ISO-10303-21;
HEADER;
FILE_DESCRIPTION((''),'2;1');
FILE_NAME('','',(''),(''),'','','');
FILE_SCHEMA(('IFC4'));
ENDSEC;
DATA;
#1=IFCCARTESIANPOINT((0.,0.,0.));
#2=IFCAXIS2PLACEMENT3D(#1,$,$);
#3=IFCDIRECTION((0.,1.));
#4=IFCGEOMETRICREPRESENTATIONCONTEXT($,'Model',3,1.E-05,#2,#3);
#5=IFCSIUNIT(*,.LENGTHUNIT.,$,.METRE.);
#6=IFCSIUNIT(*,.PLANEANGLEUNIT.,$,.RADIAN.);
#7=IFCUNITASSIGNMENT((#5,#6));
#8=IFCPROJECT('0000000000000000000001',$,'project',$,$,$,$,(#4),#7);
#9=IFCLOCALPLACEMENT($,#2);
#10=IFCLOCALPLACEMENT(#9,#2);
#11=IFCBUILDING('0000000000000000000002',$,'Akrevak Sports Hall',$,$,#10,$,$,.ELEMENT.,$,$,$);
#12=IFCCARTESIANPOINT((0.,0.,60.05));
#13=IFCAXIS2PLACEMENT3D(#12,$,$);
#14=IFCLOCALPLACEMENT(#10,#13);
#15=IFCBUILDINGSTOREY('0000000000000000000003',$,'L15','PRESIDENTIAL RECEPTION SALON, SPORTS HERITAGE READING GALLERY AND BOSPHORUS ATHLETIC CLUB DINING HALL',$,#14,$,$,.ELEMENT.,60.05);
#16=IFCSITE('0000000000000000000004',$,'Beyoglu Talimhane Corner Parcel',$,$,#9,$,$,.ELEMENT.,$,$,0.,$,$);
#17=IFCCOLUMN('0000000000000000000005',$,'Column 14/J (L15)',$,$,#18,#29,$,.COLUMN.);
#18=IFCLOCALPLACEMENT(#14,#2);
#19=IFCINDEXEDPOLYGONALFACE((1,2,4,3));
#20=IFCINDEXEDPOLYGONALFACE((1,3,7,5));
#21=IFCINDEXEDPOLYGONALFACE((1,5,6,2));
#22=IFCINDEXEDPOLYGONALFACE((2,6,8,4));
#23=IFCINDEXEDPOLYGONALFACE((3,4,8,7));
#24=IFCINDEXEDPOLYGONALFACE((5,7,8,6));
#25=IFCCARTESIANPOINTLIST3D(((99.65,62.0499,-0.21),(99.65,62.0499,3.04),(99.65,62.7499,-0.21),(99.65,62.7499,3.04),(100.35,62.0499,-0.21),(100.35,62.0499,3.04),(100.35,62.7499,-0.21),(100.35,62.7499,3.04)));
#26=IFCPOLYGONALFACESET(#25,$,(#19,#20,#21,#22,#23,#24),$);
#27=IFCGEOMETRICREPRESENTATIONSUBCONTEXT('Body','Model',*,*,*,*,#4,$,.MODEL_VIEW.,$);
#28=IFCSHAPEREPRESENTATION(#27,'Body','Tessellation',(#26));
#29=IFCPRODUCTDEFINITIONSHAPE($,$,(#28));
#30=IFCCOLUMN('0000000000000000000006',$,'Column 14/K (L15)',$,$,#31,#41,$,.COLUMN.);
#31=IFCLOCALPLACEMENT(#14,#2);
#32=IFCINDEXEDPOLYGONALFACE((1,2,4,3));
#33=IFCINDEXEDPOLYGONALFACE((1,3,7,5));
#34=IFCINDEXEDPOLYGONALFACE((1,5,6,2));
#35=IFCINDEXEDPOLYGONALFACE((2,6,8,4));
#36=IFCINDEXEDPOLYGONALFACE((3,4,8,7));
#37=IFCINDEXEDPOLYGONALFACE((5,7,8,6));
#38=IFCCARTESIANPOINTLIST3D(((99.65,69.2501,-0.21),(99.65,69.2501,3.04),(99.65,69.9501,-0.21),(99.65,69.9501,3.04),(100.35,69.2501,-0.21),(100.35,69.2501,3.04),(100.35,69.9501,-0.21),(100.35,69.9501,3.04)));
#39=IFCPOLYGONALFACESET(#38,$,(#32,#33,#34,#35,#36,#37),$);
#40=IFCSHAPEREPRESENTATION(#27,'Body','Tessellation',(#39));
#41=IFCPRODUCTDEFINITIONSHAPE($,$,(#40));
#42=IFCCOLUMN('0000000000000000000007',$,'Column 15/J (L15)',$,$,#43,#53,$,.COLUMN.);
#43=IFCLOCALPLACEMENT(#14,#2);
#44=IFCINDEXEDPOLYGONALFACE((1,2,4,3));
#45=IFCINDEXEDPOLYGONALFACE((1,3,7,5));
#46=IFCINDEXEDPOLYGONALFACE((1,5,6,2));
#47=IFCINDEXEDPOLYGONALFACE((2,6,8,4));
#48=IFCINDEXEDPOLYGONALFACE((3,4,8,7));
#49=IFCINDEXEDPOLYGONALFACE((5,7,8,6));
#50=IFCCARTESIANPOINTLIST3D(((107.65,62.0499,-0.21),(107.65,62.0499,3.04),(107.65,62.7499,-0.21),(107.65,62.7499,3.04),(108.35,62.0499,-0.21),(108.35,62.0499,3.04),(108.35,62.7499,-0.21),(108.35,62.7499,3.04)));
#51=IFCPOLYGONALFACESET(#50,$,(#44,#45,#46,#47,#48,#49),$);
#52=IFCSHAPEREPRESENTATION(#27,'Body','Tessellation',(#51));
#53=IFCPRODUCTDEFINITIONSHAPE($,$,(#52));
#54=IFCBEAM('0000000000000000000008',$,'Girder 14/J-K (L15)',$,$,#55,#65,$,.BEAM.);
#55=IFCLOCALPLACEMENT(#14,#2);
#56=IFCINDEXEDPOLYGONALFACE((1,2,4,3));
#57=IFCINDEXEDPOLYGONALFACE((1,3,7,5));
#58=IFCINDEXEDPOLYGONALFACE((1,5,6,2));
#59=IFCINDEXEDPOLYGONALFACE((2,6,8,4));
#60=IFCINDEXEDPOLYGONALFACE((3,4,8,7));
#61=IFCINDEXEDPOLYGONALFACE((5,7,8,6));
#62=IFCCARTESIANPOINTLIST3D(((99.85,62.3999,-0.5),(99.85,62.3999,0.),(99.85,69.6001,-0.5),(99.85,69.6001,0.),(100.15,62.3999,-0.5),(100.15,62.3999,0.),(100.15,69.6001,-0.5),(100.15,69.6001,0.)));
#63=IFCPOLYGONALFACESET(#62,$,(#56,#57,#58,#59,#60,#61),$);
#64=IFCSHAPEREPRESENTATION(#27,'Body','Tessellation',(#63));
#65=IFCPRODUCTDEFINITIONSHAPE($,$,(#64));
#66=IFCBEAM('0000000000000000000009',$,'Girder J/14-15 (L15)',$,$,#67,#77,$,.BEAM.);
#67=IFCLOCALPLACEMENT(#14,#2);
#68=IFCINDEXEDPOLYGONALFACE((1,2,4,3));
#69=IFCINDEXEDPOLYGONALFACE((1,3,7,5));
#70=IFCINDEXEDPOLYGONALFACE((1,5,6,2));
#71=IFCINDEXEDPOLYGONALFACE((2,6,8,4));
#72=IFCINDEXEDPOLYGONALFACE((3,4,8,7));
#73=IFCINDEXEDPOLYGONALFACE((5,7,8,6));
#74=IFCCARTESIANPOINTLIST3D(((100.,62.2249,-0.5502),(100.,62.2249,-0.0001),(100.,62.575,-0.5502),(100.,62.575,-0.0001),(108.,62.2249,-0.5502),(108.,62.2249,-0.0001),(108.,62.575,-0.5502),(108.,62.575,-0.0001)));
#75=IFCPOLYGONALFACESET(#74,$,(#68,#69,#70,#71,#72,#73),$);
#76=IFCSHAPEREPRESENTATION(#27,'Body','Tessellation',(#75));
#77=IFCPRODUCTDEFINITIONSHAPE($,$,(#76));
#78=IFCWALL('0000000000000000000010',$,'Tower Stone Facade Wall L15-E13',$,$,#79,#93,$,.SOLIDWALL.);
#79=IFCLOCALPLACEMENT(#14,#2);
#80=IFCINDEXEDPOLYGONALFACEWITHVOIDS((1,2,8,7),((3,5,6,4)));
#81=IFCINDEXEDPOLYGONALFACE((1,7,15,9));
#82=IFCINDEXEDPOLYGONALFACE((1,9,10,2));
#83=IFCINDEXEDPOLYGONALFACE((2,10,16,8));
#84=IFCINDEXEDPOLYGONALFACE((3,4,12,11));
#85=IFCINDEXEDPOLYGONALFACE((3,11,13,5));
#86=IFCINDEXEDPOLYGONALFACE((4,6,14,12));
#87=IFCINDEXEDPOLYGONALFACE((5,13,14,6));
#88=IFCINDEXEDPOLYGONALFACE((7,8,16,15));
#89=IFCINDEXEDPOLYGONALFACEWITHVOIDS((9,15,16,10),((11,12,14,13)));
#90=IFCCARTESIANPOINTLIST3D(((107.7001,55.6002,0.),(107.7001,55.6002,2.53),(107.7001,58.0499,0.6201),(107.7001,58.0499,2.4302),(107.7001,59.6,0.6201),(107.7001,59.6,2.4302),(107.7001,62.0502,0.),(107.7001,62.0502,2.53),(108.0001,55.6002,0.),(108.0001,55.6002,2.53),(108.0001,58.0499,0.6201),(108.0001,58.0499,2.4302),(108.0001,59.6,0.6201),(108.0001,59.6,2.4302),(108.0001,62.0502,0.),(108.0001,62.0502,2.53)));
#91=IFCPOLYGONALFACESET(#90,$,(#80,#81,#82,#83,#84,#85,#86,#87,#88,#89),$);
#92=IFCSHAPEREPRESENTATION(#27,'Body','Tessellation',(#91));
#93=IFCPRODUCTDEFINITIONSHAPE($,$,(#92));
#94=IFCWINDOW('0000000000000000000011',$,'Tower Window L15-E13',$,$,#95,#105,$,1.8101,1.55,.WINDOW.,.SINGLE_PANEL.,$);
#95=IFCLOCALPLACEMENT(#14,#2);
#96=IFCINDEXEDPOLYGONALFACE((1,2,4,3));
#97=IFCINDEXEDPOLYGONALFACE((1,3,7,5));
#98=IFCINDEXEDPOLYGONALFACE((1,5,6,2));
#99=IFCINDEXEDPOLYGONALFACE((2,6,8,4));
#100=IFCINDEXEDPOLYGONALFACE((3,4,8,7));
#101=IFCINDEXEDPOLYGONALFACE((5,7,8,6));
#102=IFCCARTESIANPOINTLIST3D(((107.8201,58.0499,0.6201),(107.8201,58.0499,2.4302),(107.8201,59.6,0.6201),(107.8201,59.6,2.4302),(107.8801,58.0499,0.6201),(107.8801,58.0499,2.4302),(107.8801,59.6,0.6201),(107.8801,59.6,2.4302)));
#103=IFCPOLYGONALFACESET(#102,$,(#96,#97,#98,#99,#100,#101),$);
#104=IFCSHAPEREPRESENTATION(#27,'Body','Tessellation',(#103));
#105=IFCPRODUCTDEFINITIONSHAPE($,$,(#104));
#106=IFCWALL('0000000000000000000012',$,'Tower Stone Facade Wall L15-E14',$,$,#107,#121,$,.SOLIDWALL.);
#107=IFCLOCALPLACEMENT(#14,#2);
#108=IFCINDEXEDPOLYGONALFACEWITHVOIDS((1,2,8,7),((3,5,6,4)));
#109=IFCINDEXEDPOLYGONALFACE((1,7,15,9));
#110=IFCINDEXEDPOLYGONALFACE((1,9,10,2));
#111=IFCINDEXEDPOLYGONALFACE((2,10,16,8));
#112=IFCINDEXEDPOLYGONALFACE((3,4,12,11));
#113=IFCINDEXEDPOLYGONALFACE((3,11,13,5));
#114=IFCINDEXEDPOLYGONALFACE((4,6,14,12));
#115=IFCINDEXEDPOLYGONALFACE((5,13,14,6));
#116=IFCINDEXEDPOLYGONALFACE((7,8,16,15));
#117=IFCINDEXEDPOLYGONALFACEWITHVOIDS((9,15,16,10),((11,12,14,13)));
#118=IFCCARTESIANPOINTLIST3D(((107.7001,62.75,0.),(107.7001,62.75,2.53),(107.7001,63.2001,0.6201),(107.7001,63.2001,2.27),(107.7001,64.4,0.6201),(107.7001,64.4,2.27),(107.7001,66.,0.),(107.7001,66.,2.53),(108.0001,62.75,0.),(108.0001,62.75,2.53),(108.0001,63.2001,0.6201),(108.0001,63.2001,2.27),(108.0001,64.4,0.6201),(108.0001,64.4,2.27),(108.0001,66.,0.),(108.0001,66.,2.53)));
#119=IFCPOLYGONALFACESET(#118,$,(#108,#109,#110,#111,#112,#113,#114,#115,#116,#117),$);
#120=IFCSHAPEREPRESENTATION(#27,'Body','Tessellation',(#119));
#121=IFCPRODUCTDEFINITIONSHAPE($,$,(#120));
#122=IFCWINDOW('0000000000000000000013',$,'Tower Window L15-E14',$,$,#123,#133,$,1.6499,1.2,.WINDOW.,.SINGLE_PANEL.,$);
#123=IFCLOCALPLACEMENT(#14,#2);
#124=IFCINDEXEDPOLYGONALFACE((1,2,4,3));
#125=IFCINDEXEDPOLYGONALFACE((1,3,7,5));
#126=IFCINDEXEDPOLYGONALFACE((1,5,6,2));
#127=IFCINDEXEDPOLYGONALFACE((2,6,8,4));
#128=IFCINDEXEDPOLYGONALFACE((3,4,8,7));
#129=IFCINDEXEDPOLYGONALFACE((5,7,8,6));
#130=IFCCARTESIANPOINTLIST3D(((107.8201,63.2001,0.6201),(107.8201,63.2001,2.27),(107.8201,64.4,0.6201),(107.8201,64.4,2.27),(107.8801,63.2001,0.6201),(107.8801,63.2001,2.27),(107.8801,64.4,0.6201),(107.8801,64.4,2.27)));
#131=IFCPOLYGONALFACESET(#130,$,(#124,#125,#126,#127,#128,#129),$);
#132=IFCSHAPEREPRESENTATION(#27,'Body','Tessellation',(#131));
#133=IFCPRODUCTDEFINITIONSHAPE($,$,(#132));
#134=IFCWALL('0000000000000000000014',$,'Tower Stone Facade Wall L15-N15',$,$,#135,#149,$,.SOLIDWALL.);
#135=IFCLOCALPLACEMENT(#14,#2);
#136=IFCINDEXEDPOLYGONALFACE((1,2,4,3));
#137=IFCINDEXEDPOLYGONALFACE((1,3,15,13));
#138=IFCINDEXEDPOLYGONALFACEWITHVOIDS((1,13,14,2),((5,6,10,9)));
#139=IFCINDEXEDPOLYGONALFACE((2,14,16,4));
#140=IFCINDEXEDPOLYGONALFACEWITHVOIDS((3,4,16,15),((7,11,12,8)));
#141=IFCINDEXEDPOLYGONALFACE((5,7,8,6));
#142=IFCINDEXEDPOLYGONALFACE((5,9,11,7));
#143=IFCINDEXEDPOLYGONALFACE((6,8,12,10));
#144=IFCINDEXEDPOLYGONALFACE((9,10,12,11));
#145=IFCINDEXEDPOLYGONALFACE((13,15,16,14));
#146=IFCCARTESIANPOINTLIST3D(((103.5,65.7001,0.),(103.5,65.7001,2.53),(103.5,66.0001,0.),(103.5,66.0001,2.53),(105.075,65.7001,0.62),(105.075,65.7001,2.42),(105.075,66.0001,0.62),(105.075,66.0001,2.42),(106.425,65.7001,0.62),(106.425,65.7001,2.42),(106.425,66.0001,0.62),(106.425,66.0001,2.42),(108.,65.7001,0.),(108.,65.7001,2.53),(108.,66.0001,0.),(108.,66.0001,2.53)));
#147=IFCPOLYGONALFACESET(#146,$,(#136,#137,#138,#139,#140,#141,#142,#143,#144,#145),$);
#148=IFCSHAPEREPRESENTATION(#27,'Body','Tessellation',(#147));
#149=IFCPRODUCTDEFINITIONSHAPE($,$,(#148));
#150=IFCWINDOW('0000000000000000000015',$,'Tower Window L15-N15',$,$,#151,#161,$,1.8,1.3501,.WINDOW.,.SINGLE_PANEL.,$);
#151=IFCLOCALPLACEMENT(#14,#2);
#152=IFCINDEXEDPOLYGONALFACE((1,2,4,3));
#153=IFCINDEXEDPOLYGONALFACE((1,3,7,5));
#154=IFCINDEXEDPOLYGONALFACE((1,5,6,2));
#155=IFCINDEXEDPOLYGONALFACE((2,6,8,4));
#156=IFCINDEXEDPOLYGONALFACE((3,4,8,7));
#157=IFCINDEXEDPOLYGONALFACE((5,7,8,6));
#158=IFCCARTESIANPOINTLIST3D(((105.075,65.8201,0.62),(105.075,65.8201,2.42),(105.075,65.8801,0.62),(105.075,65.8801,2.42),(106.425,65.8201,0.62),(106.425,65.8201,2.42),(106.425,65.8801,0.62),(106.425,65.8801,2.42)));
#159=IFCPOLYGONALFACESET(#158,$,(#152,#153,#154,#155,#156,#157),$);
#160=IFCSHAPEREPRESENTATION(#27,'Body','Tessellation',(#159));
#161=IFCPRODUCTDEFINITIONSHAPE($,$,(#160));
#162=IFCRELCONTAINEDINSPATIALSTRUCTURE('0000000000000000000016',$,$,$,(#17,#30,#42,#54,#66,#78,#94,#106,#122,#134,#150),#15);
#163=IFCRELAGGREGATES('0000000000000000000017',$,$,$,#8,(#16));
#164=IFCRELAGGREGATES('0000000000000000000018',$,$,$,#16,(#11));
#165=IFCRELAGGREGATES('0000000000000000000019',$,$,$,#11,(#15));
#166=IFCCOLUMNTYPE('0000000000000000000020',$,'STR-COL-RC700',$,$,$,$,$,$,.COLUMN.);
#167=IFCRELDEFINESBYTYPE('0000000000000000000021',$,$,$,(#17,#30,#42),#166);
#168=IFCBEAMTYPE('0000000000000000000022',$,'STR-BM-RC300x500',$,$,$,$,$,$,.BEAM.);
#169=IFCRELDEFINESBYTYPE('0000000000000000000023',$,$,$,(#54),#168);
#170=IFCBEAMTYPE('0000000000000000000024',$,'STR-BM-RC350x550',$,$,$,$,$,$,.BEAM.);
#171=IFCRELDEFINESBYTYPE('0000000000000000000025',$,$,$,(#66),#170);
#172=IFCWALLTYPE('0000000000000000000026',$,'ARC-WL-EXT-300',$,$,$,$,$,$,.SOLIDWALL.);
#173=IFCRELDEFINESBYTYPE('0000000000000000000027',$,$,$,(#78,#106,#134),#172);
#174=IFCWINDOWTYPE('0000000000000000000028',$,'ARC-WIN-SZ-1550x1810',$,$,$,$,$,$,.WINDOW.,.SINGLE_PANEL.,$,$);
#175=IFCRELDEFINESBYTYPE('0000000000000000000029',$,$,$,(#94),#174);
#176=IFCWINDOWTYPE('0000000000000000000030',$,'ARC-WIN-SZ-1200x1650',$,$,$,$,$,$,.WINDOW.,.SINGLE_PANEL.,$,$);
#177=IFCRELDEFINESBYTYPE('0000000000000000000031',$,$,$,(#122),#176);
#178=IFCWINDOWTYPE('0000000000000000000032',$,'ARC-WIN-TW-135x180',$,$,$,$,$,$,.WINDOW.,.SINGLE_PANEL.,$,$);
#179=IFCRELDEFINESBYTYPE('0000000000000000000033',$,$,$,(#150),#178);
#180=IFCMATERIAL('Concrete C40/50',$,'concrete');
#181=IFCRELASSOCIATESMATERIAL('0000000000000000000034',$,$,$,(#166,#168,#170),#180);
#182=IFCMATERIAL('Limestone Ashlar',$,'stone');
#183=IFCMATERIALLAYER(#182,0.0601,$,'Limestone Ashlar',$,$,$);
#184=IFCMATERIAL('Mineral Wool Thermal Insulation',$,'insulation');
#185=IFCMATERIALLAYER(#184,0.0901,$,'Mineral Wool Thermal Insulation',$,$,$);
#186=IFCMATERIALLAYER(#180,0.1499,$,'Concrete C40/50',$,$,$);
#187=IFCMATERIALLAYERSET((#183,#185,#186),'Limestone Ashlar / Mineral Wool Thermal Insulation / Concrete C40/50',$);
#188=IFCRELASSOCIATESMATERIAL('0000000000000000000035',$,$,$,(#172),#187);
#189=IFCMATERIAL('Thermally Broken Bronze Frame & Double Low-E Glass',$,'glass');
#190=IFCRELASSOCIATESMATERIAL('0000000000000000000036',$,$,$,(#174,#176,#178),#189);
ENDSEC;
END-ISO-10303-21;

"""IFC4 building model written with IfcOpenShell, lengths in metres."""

from ifc_helpers import new_model, si_unit, direction, frame, frame_2d, origin, origin_2d, place, context, subcontext, project, spatial, rectangle, extrude, material, layer, layer_set, material_profile, profile_set, type_object, element, fill, save


model = new_model("IFC4")

# Units and contexts
model_context = context("Model", 3, precision=1e-05, world=origin(), true_north=direction((0.0, 1.0)))
body_context = subcontext(model_context, "Body", "Model", "MODEL_VIEW")
ifc_project = project(units=[si_unit("LENGTHUNIT", "METRE"), si_unit("PLANEANGLEUNIT", "RADIAN")], contexts=[model_context])

# Site, building, storey
site_placement = place(None, origin())
site = spatial("IfcSite", under=ifc_project, at=site_placement, Name="Beyoglu Talimhane Corner Parcel", CompositionType="ELEMENT", RefElevation=0.0)
building_placement = place(site_placement, origin())
building = spatial("IfcBuilding", under=site, at=building_placement, Name="Akrevak Sports Hall", CompositionType="ELEMENT")
storey_placement = place(building_placement, frame((0.0, 0.0, 60.05)))
storey = spatial("IfcBuildingStorey", under=building, at=storey_placement, Name="L15", Description="PRESIDENTIAL RECEPTION SALON, SPORTS HERITAGE READING GALLERY AND BOSPHORUS ATHLETIC CLUB DINING HALL", CompositionType="ELEMENT", Elevation=60.05)

# Columns
ifc_material_1 = material(Name="Concrete C40/50", Category="concrete")
ifc_material_profile_1 = material_profile(ifc_material_1, rectangle(XDim=0.7, YDim=0.7, at=origin_2d()), Name="RC 700x700", Category="concrete")
ifc_profile_set_1 = profile_set([ifc_material_profile_1], Name="Concrete C40/50")
column_type = type_object("IfcColumnType", Name="STR-COL-RC700", PredefinedType="COLUMN", material=ifc_profile_set_1)
for number, where, z_axis, x_axis, name in (
    (1, (100.0, 62.3999, -0.21), (0.0, 0.0, 1.0), (1.0, 0.0, 0.0), "Column 14/J (L15)"),
    (2, (100.0, 69.6001, -0.21), (0.0, 0.0, 1.0), (1.0, 0.0, 0.0), "Column 14/K (L15)"),
    (3, (108.0, 62.3999, -0.21), (0.0, 0.0, 1.0), (1.0, 0.0, 0.0), "Column 15/J (L15)"),
):
    element("IfcColumn", number, at=place(storey_placement, frame(where, z_axis=z_axis, x_axis=x_axis)), inside=storey, type_object=column_type, Name=name, PredefinedType="COLUMN", context=body_context, shape_type="SweptSolid", body=[
        extrude(rectangle(XDim=0.7, YDim=0.7, at=origin_2d()), origin(), (0.0, 0.0, 1.0), 3.25),
    ])

# Beams
ifc_material_profile_2 = material_profile(ifc_material_1, rectangle(XDim=0.3, YDim=0.5, at=origin_2d()), Name="BM 300x500", Category="concrete")
ifc_profile_set_2 = profile_set([ifc_material_profile_2], Name="Concrete C40/50")
beam_type_1 = type_object("IfcBeamType", Name="STR-BM-RC300x500", PredefinedType="BEAM", material=ifc_profile_set_2)
beam_1_placement = place(storey_placement, frame((100.0, 62.3999, -0.25), z_axis=(0.0, 1.0, 0.0), x_axis=(-1.0, 0.0, 0.0)))
element("IfcBeam", 4, at=beam_1_placement, inside=storey, type_object=beam_type_1, Name="Girder 14/J-K (L15)", PredefinedType="BEAM", context=body_context, shape_type="SweptSolid", body=[
    extrude(rectangle(XDim=0.3, YDim=0.5, at=origin_2d()), origin(), (0.0, 0.0, 1.0), 7.2002),
])
ifc_material_profile_3 = material_profile(ifc_material_1, rectangle(XDim=0.3501, YDim=0.55, at=origin_2d()), Name="BM 350x550", Category="concrete")
ifc_profile_set_3 = profile_set([ifc_material_profile_3], Name="Concrete C40/50")
beam_type_2 = type_object("IfcBeamType", Name="STR-BM-RC350x550", PredefinedType="BEAM", material=ifc_profile_set_3)
beam_2_placement = place(storey_placement, frame((100.0, 62.3999, -0.2751), z_axis=(1.0, 0.0, 0.0), x_axis=(0.0, 1.0, 0.0)))
element("IfcBeam", 5, at=beam_2_placement, inside=storey, type_object=beam_type_2, Name="Girder J/14-15 (L15)", PredefinedType="BEAM", context=body_context, shape_type="SweptSolid", body=[
    extrude(rectangle(XDim=0.3501, YDim=0.55, at=origin_2d()), origin(), (0.0, 0.0, 1.0), 8.0),
])

# Walls, openings, windows
ifc_material_2 = material(Name="Limestone Ashlar", Category="stone")
ifc_layer_1 = layer(ifc_material_2, 0.0601, Name="Limestone Ashlar")
ifc_material_3 = material(Name="Mineral Wool Thermal Insulation", Category="insulation")
ifc_layer_2 = layer(ifc_material_3, 0.0901, Name="Mineral Wool Thermal Insulation")
ifc_layer_3 = layer(ifc_material_1, 0.1499, Name="Concrete C40/50")
ifc_layer_set_1 = layer_set([ifc_layer_1, ifc_layer_2, ifc_layer_3], Name="Limestone Ashlar / Mineral Wool Thermal Insulation / Concrete C40/50")
wall_type_1 = type_object("IfcWallType", Name="ARC-WL-EXT-300", PredefinedType="SOLIDWALL", material=ifc_layer_set_1)
wall_1_placement = place(storey_placement, frame((107.8501, 55.6001, 0.0), z_axis=(0.0, 0.0, 1.0), x_axis=(0.0, 1.0, 0.0)))
wall_1 = element("IfcWall", 6, at=wall_1_placement, inside=storey, type_object=wall_type_1, Name="Tower Stone Facade Wall L15-E13", PredefinedType="SOLIDWALL", context=body_context, shape_type="SweptSolid", body=[
    extrude(rectangle(XDim=6.45, YDim=0.3, at=frame_2d((3.2251, 0.0))), origin(), (0.0, 0.0, 1.0), 2.53),
])
opening_1_placement = place(wall_1_placement, frame((2.45, 0.0, 0.6201)))
opening_1 = element("IfcOpeningElement", 7, at=opening_1_placement, cuts=wall_1, PredefinedType="OPENING", context=body_context, shape_type="SweptSolid", body=[
    extrude(rectangle(XDim=1.55, YDim=1.8101, at=frame_2d((0.7749, 0.905))), frame((0.0, 0.1621, 0.0), z_axis=(0.0, -1.0, 0.0), x_axis=(1.0, 0.0, 0.0)), (0.0, 0.0, 1.0), 0.324),
])
ifc_material_4 = material(Name="Thermally Broken Bronze Frame & Double Low-E Glass", Category="glass")
window_type_1 = type_object("IfcWindowType", Name="ARC-WIN-SZ-1550x1810", PartitioningType="SINGLE_PANEL", PredefinedType="WINDOW", material=ifc_material_4)
window_1_placement = place(opening_1_placement, origin())
window_1 = element("IfcWindow", 8, at=window_1_placement, inside=storey, type_object=window_type_1, Name="Tower Window L15-E13", OverallHeight=1.8101, OverallWidth=1.55, PartitioningType="SINGLE_PANEL", PredefinedType="WINDOW", context=body_context, shape_type="SweptSolid", body=[
    extrude(rectangle(XDim=1.55, YDim=1.8101, at=frame_2d((0.7749, 0.905))), frame((0.0, 0.03, 0.0), z_axis=(0.0, -1.0, 0.0), x_axis=(1.0, 0.0, 0.0)), (0.0, 0.0, 1.0), 0.0601),
])
fill(opening_1, window_1)
wall_2_placement = place(storey_placement, frame((107.8501, 62.75, 0.0), z_axis=(0.0, 0.0, 1.0), x_axis=(0.0, 1.0, 0.0)))
wall_2 = element("IfcWall", 9, at=wall_2_placement, inside=storey, type_object=wall_type_1, Name="Tower Stone Facade Wall L15-E14", PredefinedType="SOLIDWALL", context=body_context, shape_type="SweptSolid", body=[
    extrude(rectangle(XDim=3.25, YDim=0.3, at=frame_2d((1.625, 0.0))), origin(), (0.0, 0.0, 1.0), 2.53),
])
opening_2_placement = place(wall_2_placement, frame((0.45, 0.0, 0.6201)))
opening_2 = element("IfcOpeningElement", 10, at=opening_2_placement, cuts=wall_2, PredefinedType="OPENING", context=body_context, shape_type="SweptSolid", body=[
    extrude(rectangle(XDim=1.2, YDim=1.6499, at=frame_2d((0.6001, 0.825))), frame((0.0, 0.1621, 0.0), z_axis=(0.0, -1.0, 0.0), x_axis=(1.0, 0.0, 0.0)), (0.0, 0.0, 1.0), 0.324),
])
window_type_2 = type_object("IfcWindowType", Name="ARC-WIN-SZ-1200x1650", PartitioningType="SINGLE_PANEL", PredefinedType="WINDOW", material=ifc_material_4)
window_2_placement = place(opening_2_placement, origin())
window_2 = element("IfcWindow", 11, at=window_2_placement, inside=storey, type_object=window_type_2, Name="Tower Window L15-E14", OverallHeight=1.6499, OverallWidth=1.2, PartitioningType="SINGLE_PANEL", PredefinedType="WINDOW", context=body_context, shape_type="SweptSolid", body=[
    extrude(rectangle(XDim=1.2, YDim=1.6499, at=frame_2d((0.6001, 0.825))), frame((0.0, 0.03, 0.0), z_axis=(0.0, -1.0, 0.0), x_axis=(1.0, 0.0, 0.0)), (0.0, 0.0, 1.0), 0.0601),
])
fill(opening_2, window_2)
wall_3_placement = place(storey_placement, frame((108.0, 65.8501, 0.0), z_axis=(0.0, 0.0, 1.0), x_axis=(-1.0, 0.0, 0.0)))
wall_3 = element("IfcWall", 12, at=wall_3_placement, inside=storey, type_object=wall_type_1, Name="Tower Stone Facade Wall L15-N15", PredefinedType="SOLIDWALL", context=body_context, shape_type="SweptSolid", body=[
    extrude(rectangle(XDim=4.5, YDim=0.3, at=frame_2d((2.25, 0.0))), origin(), (0.0, 0.0, 1.0), 2.53),
])
opening_3_placement = place(wall_3_placement, frame((1.575, 0.0, 0.6201)))
opening_3 = element("IfcOpeningElement", 13, at=opening_3_placement, cuts=wall_3, PredefinedType="OPENING", context=body_context, shape_type="SweptSolid", body=[
    extrude(rectangle(XDim=1.3501, YDim=1.8, at=frame_2d((0.675, 0.8999))), frame((0.0, 0.1621, 0.0), z_axis=(0.0, -1.0, 0.0), x_axis=(1.0, 0.0, 0.0)), (0.0, 0.0, 1.0), 0.324),
])
window_type_3 = type_object("IfcWindowType", Name="ARC-WIN-TW-135x180", PartitioningType="SINGLE_PANEL", PredefinedType="WINDOW", material=ifc_material_4)
window_3_placement = place(opening_3_placement, origin())
window_3 = element("IfcWindow", 14, at=window_3_placement, inside=storey, type_object=window_type_3, Name="Tower Window L15-N15", OverallHeight=1.8, OverallWidth=1.3501, PartitioningType="SINGLE_PANEL", PredefinedType="WINDOW", context=body_context, shape_type="SweptSolid", body=[
    extrude(rectangle(XDim=1.3501, YDim=1.8, at=frame_2d((0.675, 0.8999))), frame((0.0, 0.03, 0.0), z_axis=(0.0, -1.0, 0.0), x_axis=(1.0, 0.0, 0.0)), (0.0, 0.0, 1.0), 0.0601),
])
fill(opening_3, window_3)

save(model, "model.ifc")
